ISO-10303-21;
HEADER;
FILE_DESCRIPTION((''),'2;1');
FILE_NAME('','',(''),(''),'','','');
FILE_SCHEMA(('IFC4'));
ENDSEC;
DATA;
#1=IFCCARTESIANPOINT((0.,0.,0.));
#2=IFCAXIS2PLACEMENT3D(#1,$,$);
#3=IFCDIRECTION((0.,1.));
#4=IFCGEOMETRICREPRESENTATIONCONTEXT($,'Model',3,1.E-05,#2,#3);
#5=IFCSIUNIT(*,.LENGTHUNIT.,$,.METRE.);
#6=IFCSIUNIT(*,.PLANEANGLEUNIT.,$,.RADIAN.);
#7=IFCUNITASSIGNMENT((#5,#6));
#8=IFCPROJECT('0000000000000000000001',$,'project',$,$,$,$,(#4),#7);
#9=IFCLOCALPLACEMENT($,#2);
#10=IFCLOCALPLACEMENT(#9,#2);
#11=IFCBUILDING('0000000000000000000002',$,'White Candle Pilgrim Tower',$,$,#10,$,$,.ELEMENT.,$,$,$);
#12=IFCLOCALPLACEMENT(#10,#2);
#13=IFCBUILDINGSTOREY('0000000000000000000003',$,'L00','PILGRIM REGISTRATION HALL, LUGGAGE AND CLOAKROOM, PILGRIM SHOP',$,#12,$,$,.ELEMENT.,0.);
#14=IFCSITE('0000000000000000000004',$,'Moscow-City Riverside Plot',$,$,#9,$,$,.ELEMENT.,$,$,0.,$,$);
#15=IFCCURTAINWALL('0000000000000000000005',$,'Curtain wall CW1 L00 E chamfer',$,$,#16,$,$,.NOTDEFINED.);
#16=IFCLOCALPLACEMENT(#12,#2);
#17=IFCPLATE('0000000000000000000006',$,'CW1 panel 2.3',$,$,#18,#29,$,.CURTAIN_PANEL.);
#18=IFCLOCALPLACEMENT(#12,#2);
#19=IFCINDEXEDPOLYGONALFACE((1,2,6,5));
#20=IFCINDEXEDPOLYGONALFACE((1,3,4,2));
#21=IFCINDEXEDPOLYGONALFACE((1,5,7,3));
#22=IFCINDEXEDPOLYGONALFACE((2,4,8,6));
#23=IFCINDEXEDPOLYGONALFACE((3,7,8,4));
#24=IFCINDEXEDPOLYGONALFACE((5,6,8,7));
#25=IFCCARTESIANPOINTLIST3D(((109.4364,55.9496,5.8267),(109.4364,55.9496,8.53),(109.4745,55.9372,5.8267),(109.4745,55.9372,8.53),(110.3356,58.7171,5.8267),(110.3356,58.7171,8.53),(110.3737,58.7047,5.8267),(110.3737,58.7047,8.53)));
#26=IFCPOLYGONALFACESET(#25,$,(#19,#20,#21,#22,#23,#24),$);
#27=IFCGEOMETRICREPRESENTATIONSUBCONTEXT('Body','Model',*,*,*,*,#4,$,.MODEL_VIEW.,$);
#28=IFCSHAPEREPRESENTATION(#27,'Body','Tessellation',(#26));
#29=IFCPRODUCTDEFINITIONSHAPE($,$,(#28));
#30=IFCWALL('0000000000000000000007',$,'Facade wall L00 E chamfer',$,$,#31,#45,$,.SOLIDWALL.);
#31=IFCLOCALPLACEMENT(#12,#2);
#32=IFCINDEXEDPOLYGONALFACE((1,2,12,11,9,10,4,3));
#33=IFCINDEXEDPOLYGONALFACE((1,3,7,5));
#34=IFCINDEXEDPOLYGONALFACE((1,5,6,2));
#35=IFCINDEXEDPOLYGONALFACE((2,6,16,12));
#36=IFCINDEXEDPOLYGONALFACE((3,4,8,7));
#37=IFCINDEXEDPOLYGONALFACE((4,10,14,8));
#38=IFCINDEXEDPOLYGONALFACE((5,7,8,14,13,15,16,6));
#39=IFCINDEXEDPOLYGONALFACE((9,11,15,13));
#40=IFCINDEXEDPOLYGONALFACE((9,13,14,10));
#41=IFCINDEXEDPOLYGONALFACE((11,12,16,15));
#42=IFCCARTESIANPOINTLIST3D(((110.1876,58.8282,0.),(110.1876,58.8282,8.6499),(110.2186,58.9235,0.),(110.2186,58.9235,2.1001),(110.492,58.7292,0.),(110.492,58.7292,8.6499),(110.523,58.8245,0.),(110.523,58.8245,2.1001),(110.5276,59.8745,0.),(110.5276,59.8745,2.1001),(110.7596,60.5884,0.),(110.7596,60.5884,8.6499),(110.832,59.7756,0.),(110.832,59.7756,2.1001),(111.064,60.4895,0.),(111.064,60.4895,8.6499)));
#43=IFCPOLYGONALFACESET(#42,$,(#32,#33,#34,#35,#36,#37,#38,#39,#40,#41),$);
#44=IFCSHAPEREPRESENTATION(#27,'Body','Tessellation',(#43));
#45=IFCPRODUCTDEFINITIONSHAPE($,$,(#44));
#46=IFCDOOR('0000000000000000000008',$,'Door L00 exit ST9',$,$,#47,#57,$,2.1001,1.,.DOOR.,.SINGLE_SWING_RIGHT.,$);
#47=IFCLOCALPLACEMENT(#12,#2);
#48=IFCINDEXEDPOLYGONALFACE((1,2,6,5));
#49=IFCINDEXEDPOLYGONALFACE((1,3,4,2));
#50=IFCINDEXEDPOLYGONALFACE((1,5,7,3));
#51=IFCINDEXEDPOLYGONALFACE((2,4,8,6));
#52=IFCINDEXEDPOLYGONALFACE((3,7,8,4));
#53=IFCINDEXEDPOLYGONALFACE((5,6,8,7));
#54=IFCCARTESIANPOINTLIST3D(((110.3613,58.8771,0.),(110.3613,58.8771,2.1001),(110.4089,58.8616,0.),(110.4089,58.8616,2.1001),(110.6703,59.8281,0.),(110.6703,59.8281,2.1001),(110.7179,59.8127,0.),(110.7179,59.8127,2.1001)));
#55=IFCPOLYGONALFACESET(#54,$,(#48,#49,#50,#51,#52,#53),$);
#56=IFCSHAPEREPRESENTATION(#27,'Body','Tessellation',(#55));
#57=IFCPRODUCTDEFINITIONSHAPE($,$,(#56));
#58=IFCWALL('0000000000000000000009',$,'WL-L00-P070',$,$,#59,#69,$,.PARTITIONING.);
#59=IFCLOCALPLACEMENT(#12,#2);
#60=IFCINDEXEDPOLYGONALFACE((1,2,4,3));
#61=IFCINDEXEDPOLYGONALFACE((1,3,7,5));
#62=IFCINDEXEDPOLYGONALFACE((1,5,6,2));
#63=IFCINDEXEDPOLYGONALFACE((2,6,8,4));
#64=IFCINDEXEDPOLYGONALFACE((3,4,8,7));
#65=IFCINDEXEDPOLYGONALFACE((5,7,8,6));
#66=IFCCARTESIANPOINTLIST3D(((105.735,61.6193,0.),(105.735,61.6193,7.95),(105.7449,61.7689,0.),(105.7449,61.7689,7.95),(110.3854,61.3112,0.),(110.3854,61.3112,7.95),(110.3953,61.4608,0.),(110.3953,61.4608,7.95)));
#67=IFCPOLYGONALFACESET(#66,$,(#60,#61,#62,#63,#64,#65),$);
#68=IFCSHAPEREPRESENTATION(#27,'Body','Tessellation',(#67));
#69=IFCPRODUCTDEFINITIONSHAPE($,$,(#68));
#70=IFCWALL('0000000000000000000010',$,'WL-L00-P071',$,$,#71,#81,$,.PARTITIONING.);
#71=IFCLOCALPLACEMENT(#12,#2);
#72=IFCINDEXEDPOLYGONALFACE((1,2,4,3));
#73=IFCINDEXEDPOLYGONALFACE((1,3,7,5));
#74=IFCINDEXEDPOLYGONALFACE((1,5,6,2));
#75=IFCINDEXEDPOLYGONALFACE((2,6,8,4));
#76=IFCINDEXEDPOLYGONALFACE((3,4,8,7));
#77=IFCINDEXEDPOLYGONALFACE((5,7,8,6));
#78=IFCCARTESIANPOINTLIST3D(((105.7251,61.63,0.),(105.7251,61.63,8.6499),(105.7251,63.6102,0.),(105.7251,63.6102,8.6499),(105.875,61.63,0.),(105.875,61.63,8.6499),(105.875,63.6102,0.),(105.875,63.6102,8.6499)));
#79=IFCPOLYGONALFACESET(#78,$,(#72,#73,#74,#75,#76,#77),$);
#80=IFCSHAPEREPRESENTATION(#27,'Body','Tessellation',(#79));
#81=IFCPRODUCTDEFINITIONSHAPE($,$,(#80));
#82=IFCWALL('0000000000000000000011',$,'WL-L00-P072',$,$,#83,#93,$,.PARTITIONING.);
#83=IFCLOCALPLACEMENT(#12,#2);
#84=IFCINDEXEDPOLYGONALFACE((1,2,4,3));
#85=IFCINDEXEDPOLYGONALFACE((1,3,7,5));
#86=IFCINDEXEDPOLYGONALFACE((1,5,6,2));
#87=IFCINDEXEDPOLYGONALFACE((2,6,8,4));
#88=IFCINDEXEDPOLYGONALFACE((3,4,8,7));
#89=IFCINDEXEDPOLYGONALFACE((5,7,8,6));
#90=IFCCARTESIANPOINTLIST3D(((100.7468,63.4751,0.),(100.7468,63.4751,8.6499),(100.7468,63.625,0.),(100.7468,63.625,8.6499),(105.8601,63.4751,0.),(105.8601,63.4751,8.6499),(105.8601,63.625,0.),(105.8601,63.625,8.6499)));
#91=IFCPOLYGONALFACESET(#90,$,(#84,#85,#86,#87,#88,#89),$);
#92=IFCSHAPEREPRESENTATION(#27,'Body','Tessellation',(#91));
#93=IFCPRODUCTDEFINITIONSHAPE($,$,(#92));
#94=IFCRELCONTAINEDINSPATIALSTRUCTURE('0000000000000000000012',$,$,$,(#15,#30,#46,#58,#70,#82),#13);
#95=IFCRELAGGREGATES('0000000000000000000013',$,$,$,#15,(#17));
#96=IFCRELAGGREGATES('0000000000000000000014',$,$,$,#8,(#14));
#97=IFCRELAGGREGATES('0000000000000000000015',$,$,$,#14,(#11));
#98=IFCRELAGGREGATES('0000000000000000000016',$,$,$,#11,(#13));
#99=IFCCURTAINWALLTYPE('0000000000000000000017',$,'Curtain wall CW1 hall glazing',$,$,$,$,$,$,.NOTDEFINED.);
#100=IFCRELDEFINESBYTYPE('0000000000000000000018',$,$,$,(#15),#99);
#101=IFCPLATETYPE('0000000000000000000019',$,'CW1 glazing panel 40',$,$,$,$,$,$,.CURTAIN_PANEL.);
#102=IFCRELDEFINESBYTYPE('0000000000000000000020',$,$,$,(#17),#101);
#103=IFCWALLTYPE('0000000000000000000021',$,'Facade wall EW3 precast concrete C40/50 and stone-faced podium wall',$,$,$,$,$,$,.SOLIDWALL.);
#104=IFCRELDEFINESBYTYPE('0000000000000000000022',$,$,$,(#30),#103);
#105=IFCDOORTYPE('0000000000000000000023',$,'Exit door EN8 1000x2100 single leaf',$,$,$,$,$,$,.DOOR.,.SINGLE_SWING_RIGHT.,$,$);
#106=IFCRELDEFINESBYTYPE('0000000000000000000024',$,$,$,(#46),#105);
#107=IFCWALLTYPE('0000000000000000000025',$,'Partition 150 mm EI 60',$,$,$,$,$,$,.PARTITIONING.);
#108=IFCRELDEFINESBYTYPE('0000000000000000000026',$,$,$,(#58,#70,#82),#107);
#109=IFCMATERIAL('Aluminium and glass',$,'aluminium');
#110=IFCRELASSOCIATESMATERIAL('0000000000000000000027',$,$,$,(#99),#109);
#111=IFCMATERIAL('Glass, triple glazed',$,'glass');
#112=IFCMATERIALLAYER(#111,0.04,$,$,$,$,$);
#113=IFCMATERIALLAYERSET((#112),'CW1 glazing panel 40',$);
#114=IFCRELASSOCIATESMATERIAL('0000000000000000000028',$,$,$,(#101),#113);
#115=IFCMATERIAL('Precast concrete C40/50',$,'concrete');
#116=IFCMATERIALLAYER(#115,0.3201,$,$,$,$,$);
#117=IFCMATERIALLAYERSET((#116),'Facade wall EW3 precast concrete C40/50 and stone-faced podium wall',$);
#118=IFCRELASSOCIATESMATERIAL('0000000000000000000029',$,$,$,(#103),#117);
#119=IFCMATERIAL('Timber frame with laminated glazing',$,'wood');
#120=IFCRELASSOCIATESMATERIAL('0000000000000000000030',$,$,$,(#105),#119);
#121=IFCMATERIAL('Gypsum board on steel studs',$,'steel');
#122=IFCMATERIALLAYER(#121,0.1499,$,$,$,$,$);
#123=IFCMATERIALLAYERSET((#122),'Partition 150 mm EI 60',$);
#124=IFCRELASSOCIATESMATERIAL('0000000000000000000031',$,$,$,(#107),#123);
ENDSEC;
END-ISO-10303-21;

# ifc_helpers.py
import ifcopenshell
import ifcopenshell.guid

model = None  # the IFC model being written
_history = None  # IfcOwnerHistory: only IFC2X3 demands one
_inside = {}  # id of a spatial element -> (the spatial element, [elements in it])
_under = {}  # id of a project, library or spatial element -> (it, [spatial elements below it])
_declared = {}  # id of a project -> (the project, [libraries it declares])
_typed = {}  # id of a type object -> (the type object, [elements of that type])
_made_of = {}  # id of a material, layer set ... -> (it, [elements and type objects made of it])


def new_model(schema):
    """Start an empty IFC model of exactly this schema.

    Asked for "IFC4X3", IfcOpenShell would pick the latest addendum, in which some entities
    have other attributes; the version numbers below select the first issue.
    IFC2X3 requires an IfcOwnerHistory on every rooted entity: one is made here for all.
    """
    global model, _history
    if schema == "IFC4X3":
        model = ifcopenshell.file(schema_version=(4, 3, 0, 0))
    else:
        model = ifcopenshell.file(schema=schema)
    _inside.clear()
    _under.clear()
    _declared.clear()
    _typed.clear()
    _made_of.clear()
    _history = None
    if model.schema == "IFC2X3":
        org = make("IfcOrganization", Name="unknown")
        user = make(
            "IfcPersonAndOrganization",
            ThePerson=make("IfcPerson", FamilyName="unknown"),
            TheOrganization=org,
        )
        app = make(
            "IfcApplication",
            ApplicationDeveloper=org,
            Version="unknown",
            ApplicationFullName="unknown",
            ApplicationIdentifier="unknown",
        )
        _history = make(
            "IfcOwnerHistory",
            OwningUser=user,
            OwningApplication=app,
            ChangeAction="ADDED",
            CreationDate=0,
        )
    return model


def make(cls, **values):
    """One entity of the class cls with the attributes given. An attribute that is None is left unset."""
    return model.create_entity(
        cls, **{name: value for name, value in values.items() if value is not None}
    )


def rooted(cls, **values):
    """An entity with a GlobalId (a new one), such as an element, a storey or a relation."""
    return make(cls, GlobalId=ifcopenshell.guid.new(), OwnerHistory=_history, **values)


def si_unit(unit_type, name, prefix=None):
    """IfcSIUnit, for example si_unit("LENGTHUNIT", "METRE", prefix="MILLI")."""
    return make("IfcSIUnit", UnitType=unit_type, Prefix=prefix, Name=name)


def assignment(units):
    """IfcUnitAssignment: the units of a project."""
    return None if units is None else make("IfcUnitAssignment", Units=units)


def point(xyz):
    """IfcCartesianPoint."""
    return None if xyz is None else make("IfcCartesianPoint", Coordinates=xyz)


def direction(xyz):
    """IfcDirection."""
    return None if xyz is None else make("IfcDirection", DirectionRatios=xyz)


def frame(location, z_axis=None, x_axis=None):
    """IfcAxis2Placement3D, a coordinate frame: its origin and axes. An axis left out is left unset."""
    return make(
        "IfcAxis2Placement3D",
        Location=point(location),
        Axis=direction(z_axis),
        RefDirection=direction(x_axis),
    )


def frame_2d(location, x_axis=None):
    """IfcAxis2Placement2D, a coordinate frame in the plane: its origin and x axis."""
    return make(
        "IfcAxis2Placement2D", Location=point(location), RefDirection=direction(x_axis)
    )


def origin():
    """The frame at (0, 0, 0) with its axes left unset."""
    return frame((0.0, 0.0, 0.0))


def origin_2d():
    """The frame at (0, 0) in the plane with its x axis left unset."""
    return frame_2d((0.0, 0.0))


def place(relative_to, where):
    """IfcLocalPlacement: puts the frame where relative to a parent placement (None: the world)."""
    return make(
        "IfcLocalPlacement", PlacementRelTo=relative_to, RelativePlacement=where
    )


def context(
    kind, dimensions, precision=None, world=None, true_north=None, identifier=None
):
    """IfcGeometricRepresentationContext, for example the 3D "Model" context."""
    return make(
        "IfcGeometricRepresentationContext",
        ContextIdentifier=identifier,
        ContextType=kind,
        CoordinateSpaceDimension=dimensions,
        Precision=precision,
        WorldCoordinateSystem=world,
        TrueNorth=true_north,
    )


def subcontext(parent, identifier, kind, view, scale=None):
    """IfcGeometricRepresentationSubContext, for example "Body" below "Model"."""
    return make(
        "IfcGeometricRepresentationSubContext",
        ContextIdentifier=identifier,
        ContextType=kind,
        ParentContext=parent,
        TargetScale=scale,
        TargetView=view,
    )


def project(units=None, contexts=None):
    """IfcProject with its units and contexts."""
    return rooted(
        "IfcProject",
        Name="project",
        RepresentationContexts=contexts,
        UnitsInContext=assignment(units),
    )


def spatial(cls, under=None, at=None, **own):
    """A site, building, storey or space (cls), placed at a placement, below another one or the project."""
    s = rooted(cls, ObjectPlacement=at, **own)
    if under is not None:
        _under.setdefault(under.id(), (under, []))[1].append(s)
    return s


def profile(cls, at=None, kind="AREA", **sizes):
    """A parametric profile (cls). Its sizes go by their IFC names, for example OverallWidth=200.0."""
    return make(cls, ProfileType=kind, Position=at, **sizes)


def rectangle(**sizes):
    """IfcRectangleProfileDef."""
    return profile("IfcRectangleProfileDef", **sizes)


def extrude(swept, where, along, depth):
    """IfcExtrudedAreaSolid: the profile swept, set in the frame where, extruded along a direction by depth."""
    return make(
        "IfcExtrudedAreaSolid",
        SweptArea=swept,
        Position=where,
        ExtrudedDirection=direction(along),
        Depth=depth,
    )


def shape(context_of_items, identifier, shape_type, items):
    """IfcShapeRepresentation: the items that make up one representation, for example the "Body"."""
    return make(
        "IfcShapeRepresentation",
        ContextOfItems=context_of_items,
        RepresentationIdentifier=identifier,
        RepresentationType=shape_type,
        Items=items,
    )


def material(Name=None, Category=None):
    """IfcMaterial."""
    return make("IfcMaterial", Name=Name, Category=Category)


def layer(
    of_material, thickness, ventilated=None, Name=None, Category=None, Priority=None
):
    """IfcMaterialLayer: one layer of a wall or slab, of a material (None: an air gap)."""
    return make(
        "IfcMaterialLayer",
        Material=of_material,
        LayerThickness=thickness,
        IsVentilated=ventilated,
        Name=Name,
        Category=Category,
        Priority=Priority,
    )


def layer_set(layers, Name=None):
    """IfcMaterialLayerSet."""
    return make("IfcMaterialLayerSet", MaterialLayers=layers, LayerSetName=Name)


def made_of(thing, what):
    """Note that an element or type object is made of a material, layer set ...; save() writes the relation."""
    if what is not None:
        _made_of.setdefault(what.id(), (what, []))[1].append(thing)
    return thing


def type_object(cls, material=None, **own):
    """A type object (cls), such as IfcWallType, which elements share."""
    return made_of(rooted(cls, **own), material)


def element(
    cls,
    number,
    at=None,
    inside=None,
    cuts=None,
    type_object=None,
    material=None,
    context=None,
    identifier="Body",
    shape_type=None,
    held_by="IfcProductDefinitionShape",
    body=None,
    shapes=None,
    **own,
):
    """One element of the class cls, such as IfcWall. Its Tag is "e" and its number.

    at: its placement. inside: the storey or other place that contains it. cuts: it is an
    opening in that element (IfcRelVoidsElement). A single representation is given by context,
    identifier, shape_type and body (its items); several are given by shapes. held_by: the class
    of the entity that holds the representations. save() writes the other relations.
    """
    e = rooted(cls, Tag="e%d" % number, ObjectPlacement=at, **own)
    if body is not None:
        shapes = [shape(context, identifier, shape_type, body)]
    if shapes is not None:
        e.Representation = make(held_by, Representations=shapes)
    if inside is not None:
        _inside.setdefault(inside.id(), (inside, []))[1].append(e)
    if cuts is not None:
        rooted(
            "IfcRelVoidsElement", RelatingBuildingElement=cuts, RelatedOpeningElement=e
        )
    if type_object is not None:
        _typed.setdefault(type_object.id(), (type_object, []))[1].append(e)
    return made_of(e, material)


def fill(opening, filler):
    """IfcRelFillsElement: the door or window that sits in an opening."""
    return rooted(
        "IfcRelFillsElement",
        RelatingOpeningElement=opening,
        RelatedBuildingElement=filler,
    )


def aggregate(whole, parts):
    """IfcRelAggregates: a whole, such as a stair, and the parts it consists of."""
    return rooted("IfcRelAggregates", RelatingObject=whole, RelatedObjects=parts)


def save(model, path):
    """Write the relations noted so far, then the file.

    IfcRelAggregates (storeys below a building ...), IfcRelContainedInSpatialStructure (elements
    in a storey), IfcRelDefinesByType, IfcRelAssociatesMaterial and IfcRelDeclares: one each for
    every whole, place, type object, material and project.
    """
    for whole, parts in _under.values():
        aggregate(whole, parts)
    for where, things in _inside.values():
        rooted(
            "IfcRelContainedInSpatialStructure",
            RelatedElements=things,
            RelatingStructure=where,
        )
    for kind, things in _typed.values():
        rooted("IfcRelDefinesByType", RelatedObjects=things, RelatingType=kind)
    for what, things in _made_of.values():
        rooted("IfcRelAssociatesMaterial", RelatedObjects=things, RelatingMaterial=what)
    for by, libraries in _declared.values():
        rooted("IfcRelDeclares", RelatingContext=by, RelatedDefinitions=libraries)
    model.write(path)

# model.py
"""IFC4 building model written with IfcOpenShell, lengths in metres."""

from ifc_helpers import new_model, si_unit, direction, frame, frame_2d, origin, origin_2d, place, context, subcontext, project, spatial, rectangle, extrude, material, layer, layer_set, type_object, element, fill, aggregate, save


model = new_model("IFC4")

# Units and contexts
model_context = context("Model", 3, precision=1e-05, world=origin(), true_north=direction((0.0, 1.0)))
body_context = subcontext(model_context, "Body", "Model", "MODEL_VIEW")
ifc_project = project(units=[si_unit("LENGTHUNIT", "METRE"), si_unit("PLANEANGLEUNIT", "RADIAN")], contexts=[model_context])

# Site, building, storey
site_placement = place(None, origin())
site = spatial("IfcSite", under=ifc_project, at=site_placement, Name="Moscow-City Riverside Plot", CompositionType="ELEMENT", RefElevation=0.0)
building_placement = place(site_placement, origin())
building = spatial("IfcBuilding", under=site, at=building_placement, Name="White Candle Pilgrim Tower", CompositionType="ELEMENT")
storey_placement = place(building_placement, origin())
storey = spatial("IfcBuildingStorey", under=building, at=storey_placement, Name="L00", Description="PILGRIM REGISTRATION HALL, LUGGAGE AND CLOAKROOM, PILGRIM SHOP", CompositionType="ELEMENT", Elevation=0.0)

# Curtain wall, plate
ifc_material_1 = material(Name="Aluminium and glass", Category="aluminium")
curtain_wall_type = type_object("IfcCurtainWallType", Name="Curtain wall CW1 hall glazing", PredefinedType="NOTDEFINED", material=ifc_material_1)
curtain_wall_placement = place(storey_placement, origin())
curtain_wall = element("IfcCurtainWall", 1, at=curtain_wall_placement, inside=storey, type_object=curtain_wall_type, Name="Curtain wall CW1 L00 E chamfer", PredefinedType="NOTDEFINED")
ifc_material_2 = material(Name="Glass, triple glazed", Category="glass")
ifc_layer_1 = layer(ifc_material_2, 0.04)
ifc_layer_set_1 = layer_set([ifc_layer_1], Name="CW1 glazing panel 40")
plate_type = type_object("IfcPlateType", Name="CW1 glazing panel 40", PredefinedType="CURTAIN_PANEL", material=ifc_layer_set_1)
plate_1_placement = place(storey_placement, frame((109.905, 57.3271, 5.8267), z_axis=(0.0, 0.0, 1.0), x_axis=(0.309017, 0.951057, 0.0)))
plate_1 = element("IfcPlate", 2, at=plate_1_placement, type_object=plate_type, Name="CW1 panel 2.3", PredefinedType="CURTAIN_PANEL", context=body_context, shape_type="SweptSolid", body=[
    extrude(rectangle(XDim=2.9099, YDim=0.04, at=origin_2d()), origin(), (0.0, 0.0, 1.0), 2.7034),
])
aggregate(curtain_wall, [plate_1])

# Wall, opening, door
ifc_material_3 = material(Name="Precast concrete C40/50", Category="concrete")
ifc_layer_2 = layer(ifc_material_3, 0.3201)
ifc_layer_set_2 = layer_set([ifc_layer_2], Name="Facade wall EW3 precast concrete C40/50 and stone-faced podium wall")
wall_type_1 = type_object("IfcWallType", Name="Facade wall EW3 precast concrete C40/50 and stone-faced podium wall", PredefinedType="SOLIDWALL", material=ifc_layer_set_2)
wall_1_placement = place(storey_placement, frame((110.3398, 58.7788, 0.0), z_axis=(0.0, 0.0, 1.0), x_axis=(0.309056, 0.951044, 0.0)))
wall_1 = element("IfcWall", 3, at=wall_1_placement, inside=storey, type_object=wall_type_1, Name="Facade wall L00 E chamfer", PredefinedType="SOLIDWALL", context=body_context, shape_type="SweptSolid", body=[
    extrude(rectangle(XDim=1.8508, YDim=0.3201, at=frame_2d((0.9253, 0.0))), origin(), (0.0, 0.0, 1.0), 8.6499),
])
opening_1_placement = place(wall_1_placement, frame((0.1001, 0.0, 0.0)))
opening_1 = element("IfcOpeningElement", 4, at=opening_1_placement, cuts=wall_1, PredefinedType="OPENING", context=body_context, shape_type="SweptSolid", body=[
    extrude(rectangle(XDim=1.0, YDim=2.1001, at=frame_2d((0.5, 1.05))), frame((0.0, 0.1699, 0.0), z_axis=(0.0, -1.0, 0.0), x_axis=(1.0, 0.0, 0.0)), (0.0, 0.0, 1.0), 0.3401),
])
ifc_material_4 = material(Name="Timber frame with laminated glazing", Category="wood")
door_type_1 = type_object("IfcDoorType", Name="Exit door EN8 1000x2100 single leaf", OperationType="SINGLE_SWING_RIGHT", PredefinedType="DOOR", material=ifc_material_4)
door_1_placement = place(opening_1_placement, frame((1.0, 0.0, 0.0), z_axis=(0.0, 0.0, 1.0), x_axis=(-1.0, 0.0, 0.0)))
door_1 = element("IfcDoor", 5, at=door_1_placement, inside=storey, type_object=door_type_1, Name="Door L00 exit ST9", OperationType="SINGLE_SWING_RIGHT", OverallHeight=2.1001, OverallWidth=1.0, PredefinedType="DOOR", context=body_context, shape_type="SweptSolid", body=[
    extrude(rectangle(XDim=1.0, YDim=2.1001, at=frame_2d((0.5, 1.05))), frame((0.0, 0.04, 0.0), z_axis=(0.0, -1.0, 0.0), x_axis=(1.0, 0.0, 0.0)), (0.0, 0.0, 1.0), 0.05),
])
fill(opening_1, door_1)

# Walls
ifc_material_5 = material(Name="Gypsum board on steel studs", Category="steel")
ifc_layer_3 = layer(ifc_material_5, 0.1499)
ifc_layer_set_3 = layer_set([ifc_layer_3], Name="Partition 150 mm EI 60")
wall_type_2 = type_object("IfcWallType", Name="Partition 150 mm EI 60", PredefinedType="PARTITIONING", material=ifc_layer_set_3)
wall_2_placement = place(storey_placement, frame((110.3904, 61.386, 0.0), z_axis=(0.0, 0.0, 1.0), x_axis=(-0.997812, 0.066109, 0.0)))
element("IfcWall", 6, at=wall_2_placement, inside=storey, type_object=wall_type_2, Name="WL-L00-P070", PredefinedType="PARTITIONING", context=body_context, shape_type="SweptSolid", body=[
    extrude(rectangle(XDim=4.6606, YDim=0.1499, at=frame_2d((2.3303, 0.0))), origin(), (0.0, 0.0, 1.0), 7.95),
])
wall_3_placement = place(storey_placement, frame((105.8, 61.6299, 0.0), z_axis=(0.0, 0.0, 1.0), x_axis=(0.0, 1.0, 0.0)))
element("IfcWall", 7, at=wall_3_placement, inside=storey, type_object=wall_type_2, Name="WL-L00-P071", PredefinedType="PARTITIONING", context=body_context, shape_type="SweptSolid", body=[
    extrude(rectangle(XDim=1.9802, YDim=0.1499, at=frame_2d((0.9902, 0.0))), origin(), (0.0, 0.0, 1.0), 8.6499),
])
wall_4_placement = place(storey_placement, frame((105.8601, 63.55, 0.0), z_axis=(0.0, 0.0, 1.0), x_axis=(-1.0, 0.0, 0.0)))
element("IfcWall", 8, at=wall_4_placement, inside=storey, type_object=wall_type_2, Name="WL-L00-P072", PredefinedType="PARTITIONING", context=body_context, shape_type="SweptSolid", body=[
    extrude(rectangle(XDim=5.1133, YDim=0.1499, at=frame_2d((2.5566, 0.0))), origin(), (0.0, 0.0, 1.0), 8.6499),
])

save(model, "model.ifc")
